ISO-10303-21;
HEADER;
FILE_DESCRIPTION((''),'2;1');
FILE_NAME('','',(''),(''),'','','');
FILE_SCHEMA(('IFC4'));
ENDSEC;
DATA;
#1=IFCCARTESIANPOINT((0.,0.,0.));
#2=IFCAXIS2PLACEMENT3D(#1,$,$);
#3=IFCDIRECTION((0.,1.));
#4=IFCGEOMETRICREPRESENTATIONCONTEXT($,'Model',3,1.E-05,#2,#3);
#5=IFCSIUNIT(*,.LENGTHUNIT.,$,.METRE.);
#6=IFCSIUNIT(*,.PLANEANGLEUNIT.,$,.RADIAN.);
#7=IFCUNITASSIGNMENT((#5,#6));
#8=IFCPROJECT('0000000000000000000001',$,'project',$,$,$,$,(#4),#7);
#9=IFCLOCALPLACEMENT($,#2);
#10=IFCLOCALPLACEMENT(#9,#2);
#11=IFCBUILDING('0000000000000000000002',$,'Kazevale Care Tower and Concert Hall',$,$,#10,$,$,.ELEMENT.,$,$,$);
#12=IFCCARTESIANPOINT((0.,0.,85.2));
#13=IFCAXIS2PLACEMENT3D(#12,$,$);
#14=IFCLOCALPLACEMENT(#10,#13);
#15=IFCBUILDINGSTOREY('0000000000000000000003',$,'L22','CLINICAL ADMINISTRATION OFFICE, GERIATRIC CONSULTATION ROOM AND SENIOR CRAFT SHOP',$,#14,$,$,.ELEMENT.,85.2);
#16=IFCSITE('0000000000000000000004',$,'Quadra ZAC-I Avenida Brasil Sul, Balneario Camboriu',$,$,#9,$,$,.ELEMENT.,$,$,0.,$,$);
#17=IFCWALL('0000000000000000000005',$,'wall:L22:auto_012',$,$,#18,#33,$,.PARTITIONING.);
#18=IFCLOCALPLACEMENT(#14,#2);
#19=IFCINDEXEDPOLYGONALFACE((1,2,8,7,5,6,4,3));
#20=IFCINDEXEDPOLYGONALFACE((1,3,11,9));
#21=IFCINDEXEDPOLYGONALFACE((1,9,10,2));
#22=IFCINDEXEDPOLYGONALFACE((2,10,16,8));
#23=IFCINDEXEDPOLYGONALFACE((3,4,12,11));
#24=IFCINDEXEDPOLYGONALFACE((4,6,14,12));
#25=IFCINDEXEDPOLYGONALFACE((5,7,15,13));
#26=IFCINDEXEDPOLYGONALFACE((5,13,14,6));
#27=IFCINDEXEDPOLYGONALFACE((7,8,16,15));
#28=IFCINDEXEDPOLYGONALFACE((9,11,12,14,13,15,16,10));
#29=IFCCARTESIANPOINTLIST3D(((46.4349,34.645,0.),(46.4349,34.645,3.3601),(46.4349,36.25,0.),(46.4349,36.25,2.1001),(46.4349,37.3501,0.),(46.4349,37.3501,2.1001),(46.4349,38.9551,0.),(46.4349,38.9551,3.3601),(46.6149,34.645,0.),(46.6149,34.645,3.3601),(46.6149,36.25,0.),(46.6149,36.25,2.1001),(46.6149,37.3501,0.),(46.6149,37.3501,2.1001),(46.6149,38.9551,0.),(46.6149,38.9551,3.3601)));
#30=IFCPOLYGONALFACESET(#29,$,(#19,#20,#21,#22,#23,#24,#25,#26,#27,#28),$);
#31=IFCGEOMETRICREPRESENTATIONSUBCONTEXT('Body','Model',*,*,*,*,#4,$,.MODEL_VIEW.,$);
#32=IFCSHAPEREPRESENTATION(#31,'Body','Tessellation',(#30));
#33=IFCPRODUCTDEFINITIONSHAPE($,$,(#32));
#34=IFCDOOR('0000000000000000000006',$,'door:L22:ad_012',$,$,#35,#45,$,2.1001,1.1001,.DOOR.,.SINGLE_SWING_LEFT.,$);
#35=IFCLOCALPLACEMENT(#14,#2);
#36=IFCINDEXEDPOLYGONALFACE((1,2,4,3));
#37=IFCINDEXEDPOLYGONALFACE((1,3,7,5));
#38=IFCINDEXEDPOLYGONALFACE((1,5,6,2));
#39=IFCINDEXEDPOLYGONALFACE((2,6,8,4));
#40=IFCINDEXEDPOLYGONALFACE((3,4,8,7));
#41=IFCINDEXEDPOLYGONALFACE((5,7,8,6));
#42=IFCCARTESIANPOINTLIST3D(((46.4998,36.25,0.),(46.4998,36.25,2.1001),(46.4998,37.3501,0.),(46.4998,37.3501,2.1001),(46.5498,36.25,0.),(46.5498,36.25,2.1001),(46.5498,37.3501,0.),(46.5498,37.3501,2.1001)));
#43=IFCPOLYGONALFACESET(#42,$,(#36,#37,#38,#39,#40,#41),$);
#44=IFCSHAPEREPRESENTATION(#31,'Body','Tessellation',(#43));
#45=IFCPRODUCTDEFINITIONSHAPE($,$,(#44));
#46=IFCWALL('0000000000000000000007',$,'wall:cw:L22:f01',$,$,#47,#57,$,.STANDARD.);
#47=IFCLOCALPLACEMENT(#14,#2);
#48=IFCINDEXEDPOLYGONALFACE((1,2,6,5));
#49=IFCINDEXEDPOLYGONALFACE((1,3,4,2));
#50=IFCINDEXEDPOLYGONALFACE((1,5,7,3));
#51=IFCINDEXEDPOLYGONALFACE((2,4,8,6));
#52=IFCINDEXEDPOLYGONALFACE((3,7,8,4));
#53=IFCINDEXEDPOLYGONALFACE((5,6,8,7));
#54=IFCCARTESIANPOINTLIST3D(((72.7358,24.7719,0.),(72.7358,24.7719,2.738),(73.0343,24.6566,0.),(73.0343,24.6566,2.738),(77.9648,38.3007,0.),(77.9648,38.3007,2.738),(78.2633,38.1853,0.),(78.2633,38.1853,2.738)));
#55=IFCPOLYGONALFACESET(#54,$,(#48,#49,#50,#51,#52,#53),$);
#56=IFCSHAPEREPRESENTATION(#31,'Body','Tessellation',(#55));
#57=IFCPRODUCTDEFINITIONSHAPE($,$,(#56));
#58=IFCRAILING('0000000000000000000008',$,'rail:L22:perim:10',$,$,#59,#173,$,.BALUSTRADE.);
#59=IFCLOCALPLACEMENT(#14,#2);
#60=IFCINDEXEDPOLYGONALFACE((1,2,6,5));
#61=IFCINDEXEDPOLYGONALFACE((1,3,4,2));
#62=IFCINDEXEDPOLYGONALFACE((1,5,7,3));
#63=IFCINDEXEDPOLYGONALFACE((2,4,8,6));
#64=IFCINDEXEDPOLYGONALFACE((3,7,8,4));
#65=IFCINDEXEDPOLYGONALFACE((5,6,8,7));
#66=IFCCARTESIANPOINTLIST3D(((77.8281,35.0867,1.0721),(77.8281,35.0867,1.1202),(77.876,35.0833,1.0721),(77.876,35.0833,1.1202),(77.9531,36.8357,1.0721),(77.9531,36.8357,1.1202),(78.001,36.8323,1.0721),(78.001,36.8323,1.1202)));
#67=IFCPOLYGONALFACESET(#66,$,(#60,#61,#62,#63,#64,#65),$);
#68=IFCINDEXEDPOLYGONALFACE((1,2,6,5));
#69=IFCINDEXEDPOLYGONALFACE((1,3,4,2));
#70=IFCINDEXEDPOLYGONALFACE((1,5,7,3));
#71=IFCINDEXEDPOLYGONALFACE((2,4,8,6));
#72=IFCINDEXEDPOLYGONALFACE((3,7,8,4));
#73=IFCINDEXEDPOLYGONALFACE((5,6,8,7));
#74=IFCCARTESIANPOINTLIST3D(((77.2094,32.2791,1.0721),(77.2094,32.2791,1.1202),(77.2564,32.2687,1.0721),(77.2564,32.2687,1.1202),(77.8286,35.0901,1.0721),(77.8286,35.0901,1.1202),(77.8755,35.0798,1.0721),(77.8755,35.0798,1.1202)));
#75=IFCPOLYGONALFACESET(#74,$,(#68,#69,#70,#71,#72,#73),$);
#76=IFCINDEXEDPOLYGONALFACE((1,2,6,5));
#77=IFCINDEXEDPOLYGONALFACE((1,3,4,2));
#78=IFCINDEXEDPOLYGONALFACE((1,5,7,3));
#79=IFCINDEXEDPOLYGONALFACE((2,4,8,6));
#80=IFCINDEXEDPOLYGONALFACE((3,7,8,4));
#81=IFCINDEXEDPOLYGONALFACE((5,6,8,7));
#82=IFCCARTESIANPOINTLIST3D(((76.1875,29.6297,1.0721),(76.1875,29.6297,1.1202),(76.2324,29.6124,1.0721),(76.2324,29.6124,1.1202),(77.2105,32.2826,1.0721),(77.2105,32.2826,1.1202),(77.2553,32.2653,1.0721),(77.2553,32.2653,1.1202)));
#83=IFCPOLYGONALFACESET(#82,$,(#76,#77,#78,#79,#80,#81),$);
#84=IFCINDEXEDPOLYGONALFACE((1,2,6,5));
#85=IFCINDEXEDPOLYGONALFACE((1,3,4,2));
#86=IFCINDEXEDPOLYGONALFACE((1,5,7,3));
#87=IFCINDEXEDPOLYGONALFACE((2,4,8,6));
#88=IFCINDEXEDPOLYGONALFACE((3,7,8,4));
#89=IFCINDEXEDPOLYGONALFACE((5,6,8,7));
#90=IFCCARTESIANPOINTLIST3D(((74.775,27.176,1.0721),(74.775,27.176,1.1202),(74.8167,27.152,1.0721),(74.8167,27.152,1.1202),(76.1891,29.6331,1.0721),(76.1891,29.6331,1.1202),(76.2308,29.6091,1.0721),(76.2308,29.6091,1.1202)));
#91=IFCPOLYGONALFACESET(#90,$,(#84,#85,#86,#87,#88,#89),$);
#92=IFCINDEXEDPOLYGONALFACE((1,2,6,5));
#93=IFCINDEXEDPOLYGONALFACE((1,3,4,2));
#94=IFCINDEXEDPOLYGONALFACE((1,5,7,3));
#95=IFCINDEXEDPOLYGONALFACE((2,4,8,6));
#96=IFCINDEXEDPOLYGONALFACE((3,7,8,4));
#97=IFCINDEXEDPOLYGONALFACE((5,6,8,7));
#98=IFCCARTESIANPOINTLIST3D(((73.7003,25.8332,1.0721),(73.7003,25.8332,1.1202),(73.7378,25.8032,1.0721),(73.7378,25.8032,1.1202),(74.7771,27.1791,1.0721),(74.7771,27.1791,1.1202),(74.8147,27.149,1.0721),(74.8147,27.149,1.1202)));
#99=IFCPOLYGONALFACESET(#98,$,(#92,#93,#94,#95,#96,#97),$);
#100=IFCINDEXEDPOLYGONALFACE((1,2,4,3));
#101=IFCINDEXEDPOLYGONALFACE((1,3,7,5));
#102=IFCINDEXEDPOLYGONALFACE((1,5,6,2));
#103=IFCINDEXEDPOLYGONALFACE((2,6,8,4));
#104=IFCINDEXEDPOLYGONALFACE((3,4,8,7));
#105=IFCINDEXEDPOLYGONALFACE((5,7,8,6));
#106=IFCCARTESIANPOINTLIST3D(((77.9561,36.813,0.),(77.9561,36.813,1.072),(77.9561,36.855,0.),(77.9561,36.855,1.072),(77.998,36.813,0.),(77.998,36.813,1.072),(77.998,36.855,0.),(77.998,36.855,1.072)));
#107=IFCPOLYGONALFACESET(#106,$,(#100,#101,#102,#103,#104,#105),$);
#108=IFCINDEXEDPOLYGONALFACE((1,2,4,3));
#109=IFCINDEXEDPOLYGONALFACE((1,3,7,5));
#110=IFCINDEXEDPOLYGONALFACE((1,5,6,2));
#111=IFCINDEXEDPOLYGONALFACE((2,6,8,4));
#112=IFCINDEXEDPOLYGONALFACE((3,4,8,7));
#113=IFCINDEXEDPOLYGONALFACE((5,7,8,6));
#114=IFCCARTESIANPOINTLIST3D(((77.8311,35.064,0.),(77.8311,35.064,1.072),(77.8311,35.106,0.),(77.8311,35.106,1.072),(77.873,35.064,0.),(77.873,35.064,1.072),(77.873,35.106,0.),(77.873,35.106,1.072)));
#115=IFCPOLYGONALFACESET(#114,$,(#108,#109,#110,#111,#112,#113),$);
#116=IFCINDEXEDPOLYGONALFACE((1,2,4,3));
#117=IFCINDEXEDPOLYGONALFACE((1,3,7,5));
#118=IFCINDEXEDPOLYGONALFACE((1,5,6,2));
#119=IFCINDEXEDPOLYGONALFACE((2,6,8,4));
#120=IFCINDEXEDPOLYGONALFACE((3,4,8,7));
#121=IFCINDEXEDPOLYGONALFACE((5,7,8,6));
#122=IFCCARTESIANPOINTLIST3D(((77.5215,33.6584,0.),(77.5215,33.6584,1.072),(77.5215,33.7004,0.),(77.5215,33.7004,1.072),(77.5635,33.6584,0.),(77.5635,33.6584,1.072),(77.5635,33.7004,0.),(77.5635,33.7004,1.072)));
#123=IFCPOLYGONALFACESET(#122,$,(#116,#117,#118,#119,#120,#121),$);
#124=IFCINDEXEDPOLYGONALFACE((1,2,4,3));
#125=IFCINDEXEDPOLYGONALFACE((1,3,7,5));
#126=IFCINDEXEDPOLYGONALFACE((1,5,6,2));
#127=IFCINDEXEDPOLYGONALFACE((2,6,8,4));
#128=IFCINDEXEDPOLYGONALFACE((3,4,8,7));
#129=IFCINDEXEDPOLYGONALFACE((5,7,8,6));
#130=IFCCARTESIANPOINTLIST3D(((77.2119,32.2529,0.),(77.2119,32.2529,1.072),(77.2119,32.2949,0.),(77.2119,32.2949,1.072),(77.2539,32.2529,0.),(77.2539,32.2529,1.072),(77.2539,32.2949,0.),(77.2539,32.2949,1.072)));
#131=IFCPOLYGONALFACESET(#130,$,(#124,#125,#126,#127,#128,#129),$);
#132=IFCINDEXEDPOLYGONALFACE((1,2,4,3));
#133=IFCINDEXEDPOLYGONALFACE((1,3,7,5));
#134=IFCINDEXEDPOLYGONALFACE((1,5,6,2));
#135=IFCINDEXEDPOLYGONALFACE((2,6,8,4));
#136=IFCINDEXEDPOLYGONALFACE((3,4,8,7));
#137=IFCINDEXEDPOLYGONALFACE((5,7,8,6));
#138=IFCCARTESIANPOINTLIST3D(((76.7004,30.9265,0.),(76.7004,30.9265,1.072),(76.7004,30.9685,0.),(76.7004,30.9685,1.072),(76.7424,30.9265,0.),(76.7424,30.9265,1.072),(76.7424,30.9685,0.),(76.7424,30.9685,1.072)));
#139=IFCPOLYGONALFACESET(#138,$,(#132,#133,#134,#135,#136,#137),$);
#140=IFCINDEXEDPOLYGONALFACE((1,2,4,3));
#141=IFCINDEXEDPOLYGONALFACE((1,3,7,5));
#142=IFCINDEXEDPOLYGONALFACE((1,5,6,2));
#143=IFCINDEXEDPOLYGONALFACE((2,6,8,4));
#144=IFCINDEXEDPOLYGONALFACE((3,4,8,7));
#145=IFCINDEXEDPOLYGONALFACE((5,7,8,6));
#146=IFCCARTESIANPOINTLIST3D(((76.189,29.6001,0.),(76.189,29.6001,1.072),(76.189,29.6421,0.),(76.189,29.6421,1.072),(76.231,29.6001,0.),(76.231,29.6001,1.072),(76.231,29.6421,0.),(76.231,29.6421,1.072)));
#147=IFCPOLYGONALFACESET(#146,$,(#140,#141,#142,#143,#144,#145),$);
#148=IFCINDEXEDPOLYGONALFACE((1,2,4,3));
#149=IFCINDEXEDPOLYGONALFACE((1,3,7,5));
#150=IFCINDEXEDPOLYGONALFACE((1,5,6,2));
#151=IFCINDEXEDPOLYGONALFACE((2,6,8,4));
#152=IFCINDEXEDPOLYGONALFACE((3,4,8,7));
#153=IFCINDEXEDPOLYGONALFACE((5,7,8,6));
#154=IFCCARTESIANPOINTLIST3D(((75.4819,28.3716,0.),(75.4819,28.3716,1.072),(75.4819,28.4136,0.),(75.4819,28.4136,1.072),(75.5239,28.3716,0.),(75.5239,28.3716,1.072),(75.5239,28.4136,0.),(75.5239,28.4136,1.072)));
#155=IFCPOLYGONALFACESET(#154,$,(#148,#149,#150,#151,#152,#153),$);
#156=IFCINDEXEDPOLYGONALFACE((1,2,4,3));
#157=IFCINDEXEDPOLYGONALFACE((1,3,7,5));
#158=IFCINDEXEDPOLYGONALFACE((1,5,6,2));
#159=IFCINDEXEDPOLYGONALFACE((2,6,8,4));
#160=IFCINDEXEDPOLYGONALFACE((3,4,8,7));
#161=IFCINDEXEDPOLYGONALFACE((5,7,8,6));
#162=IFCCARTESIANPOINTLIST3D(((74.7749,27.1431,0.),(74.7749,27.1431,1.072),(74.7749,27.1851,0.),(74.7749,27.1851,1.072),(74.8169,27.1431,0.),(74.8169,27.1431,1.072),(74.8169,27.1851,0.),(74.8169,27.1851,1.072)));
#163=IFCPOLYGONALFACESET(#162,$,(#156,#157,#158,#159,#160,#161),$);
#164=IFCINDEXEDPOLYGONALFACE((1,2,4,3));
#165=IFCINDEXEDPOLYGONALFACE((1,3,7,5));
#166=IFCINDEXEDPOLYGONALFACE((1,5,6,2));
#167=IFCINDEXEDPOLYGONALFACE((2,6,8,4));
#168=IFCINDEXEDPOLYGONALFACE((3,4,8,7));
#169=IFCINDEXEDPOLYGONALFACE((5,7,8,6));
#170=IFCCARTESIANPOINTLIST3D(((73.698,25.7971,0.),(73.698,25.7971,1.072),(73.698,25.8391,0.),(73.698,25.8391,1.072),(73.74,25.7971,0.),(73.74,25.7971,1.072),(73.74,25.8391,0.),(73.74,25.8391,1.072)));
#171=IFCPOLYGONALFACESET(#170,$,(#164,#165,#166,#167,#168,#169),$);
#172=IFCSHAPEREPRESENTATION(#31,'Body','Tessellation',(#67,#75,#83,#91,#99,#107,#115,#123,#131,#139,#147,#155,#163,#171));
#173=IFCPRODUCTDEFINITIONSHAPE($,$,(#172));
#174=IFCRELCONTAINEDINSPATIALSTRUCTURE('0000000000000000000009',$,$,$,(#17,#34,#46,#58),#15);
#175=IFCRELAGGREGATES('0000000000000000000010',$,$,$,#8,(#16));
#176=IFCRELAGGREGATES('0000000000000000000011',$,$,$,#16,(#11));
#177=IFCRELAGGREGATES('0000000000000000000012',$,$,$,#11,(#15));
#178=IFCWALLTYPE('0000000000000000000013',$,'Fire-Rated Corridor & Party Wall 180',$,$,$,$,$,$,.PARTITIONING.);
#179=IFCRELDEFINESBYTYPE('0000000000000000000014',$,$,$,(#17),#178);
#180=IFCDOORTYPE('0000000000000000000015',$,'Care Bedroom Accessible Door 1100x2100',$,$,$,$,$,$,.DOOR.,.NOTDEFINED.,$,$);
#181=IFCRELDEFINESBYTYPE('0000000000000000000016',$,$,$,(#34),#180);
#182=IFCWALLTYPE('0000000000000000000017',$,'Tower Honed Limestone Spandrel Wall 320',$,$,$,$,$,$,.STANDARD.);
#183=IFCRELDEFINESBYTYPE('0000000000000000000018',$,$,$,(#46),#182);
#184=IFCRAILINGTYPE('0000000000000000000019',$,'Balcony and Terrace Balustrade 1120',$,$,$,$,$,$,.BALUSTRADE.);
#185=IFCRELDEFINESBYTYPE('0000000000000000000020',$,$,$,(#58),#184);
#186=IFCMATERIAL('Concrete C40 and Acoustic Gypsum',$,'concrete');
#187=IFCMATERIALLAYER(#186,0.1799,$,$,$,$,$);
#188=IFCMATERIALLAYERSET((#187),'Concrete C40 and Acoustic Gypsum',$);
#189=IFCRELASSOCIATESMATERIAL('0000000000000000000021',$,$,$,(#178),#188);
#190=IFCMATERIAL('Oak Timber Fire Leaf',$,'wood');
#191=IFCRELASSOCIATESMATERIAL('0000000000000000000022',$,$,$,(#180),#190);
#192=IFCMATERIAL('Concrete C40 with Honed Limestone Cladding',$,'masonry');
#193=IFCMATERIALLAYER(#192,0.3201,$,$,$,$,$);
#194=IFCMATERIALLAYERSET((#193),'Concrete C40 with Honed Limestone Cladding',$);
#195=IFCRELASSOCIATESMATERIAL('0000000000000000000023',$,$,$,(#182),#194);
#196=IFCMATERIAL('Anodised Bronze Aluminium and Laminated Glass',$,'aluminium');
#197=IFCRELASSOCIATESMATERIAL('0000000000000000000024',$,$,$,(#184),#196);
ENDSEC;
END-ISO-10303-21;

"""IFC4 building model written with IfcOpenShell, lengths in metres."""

from ifc_helpers import new_model, si_unit, direction, frame, frame_2d, origin, origin_2d, place, context, subcontext, project, spatial, rectangle, extrude, material, layer, layer_set, type_object, element, fill, save


model = new_model("IFC4")

# Units and contexts
model_context = context("Model", 3, precision=1e-05, world=origin(), true_north=direction((0.0, 1.0)))
body_context = subcontext(model_context, "Body", "Model", "MODEL_VIEW")
ifc_project = project(units=[si_unit("LENGTHUNIT", "METRE"), si_unit("PLANEANGLEUNIT", "RADIAN")], contexts=[model_context])

# Site, building, storey
site_placement = place(None, origin())
site = spatial("IfcSite", under=ifc_project, at=site_placement, Name="Quadra ZAC-I Avenida Brasil Sul, Balneario Camboriu", CompositionType="ELEMENT", RefElevation=0.0)
building_placement = place(site_placement, origin())
building = spatial("IfcBuilding", under=site, at=building_placement, Name="Kazevale Care Tower and Concert Hall", CompositionType="ELEMENT")
storey_placement = place(building_placement, frame((0.0, 0.0, 85.2)))
storey = spatial("IfcBuildingStorey", under=building, at=storey_placement, Name="L22", Description="CLINICAL ADMINISTRATION OFFICE, GERIATRIC CONSULTATION ROOM AND SENIOR CRAFT SHOP", CompositionType="ELEMENT", Elevation=85.2)

# Wall, opening, door
ifc_material_1 = material(Name="Concrete C40 and Acoustic Gypsum", Category="concrete")
ifc_layer_1 = layer(ifc_material_1, 0.1799)
ifc_layer_set_1 = layer_set([ifc_layer_1], Name="Concrete C40 and Acoustic Gypsum")
wall_type_1 = type_object("IfcWallType", Name="Fire-Rated Corridor & Party Wall 180", PredefinedType="PARTITIONING", material=ifc_layer_set_1)
ifc_material_2 = material(Name="Oak Timber Fire Leaf", Category="wood")
door_type = type_object("IfcDoorType", Name="Care Bedroom Accessible Door 1100x2100", OperationType="NOTDEFINED", PredefinedType="DOOR", material=ifc_material_2)
wall_1_placement = place(storey_placement, frame((46.5249, 38.9551, 0.0), z_axis=(0.0, 0.0, 1.0), x_axis=(0.0, -1.0, 0.0)))
wall_1 = element("IfcWall", 1, at=wall_1_placement, inside=storey, type_object=wall_type_1, Name="wall:L22:auto_012", PredefinedType="PARTITIONING", context=body_context, shape_type="SweptSolid", body=[
    extrude(rectangle(XDim=4.3101, YDim=0.1799, at=frame_2d((2.155, 0.0))), origin(), (0.0, 0.0, 1.0), 3.3601),
])
opening_1_placement = place(wall_1_placement, frame((1.605, 0.0, 0.0)))
opening_1 = element("IfcOpeningElement", 2, at=opening_1_placement, cuts=wall_1, PredefinedType="OPENING", context=body_context, shape_type="SweptSolid", body=[
    extrude(rectangle(XDim=1.1001, YDim=2.1001, at=frame_2d((0.55, 1.05))), frame((0.0, 0.0999, 0.0), z_axis=(0.0, -1.0, 0.0), x_axis=(1.0, 0.0, 0.0)), (0.0, 0.0, 1.0), 0.2),
])
door_1_placement = place(opening_1_placement, origin())
door_1 = element("IfcDoor", 3, at=door_1_placement, inside=storey, type_object=door_type, Name="door:L22:ad_012", OperationType="SINGLE_SWING_LEFT", OverallHeight=2.1001, OverallWidth=1.1001, PredefinedType="DOOR", context=body_context, shape_type="SweptSolid", body=[
    extrude(rectangle(XDim=1.1001, YDim=2.1001, at=frame_2d((0.55, 1.05))), frame((0.0, 0.0249, 0.0), z_axis=(0.0, -1.0, 0.0), x_axis=(1.0, 0.0, 0.0)), (0.0, 0.0, 1.0), 0.05),
])
fill(opening_1, door_1)

# Wall
ifc_material_3 = material(Name="Concrete C40 with Honed Limestone Cladding", Category="masonry")
ifc_layer_2 = layer(ifc_material_3, 0.3201)
ifc_layer_set_2 = layer_set([ifc_layer_2], Name="Concrete C40 with Honed Limestone Cladding")
wall_type_2 = type_object("IfcWallType", Name="Tower Honed Limestone Spandrel Wall 320", PredefinedType="STANDARD", material=ifc_layer_set_2)
wall_2_placement = place(storey_placement, frame((78.114, 38.2429, 0.0), z_axis=(0.0, 0.0, 1.0), x_axis=(-0.360517, -0.932753, 0.0)))
element("IfcWall", 4, at=wall_2_placement, inside=storey, type_object=wall_type_2, Name="wall:cw:L22:f01", PredefinedType="STANDARD", context=body_context, shape_type="SweptSolid", body=[
    extrude(rectangle(XDim=14.5042, YDim=0.3201, at=frame_2d((7.252, 0.0))), origin(), (0.0, 0.0, 1.0), 2.738),
])

# Railing
ifc_material_4 = material(Name="Anodised Bronze Aluminium and Laminated Glass", Category="aluminium")
railing_type = type_object("IfcRailingType", Name="Balcony and Terrace Balustrade 1120", PredefinedType="BALUSTRADE", material=ifc_material_4)
railing_placement = place(storey_placement, frame((77.9771, 36.834, 0.0)))
element("IfcRailing", 5, at=railing_placement, inside=storey, type_object=railing_type, Name="rail:L22:perim:10", PredefinedType="BALUSTRADE", context=body_context, shape_type="SweptSolid", body=[
    extrude(rectangle(XDim=0.0481, YDim=0.0481, at=origin_2d()), frame((0.0, 0.0, 1.0962), z_axis=(-0.071287, -0.997456, 0.0), x_axis=(0.997456, -0.071287, 0.0)), (0.0, 0.0, 1.0), 1.7534),
    extrude(rectangle(XDim=0.0481, YDim=0.0481, at=origin_2d()), frame((-0.125, -1.749, 1.0962), z_axis=(-0.215098, -0.976592, 0.0), x_axis=(0.976592, -0.215098, 0.0)), (0.0, 0.0, 1.0), 2.8784),
    extrude(rectangle(XDim=0.0481, YDim=0.0481, at=origin_2d()), frame((-0.7441, -4.5601, 1.0962), z_axis=(-0.359785, -0.933035, 0.0), x_axis=(0.933035, -0.359785, 0.0)), (0.0, 0.0, 1.0), 2.8433),
    extrude(rectangle(XDim=0.0481, YDim=0.0481, at=origin_2d()), frame((-1.7671, -7.2129, 1.0962), z_axis=(-0.498808, -0.866713, 0.0), x_axis=(0.866713, -0.498808, 0.0)), (0.0, 0.0, 1.0), 2.835),
    extrude(rectangle(XDim=0.0481, YDim=0.0481, at=origin_2d()), frame((-3.1812, -9.6699, 1.0962), z_axis=(-0.624747, -0.780827, 0.0), x_axis=(0.780827, -0.624747, 0.0)), (0.0, 0.0, 1.0), 1.7236),
    extrude(rectangle(XDim=0.042, YDim=0.042, at=origin_2d()), origin(), (0.0, 0.0, 1.0), 1.072),
    extrude(rectangle(XDim=0.042, YDim=0.042, at=origin_2d()), frame((-0.125, -1.749, 0.0)), (0.0, 0.0, 1.0), 1.072),
    extrude(rectangle(XDim=0.042, YDim=0.042, at=origin_2d()), frame((-0.4346, -3.1545, 0.0)), (0.0, 0.0, 1.0), 1.072),
    extrude(rectangle(XDim=0.042, YDim=0.042, at=origin_2d()), frame((-0.7441, -4.5601, 0.0)), (0.0, 0.0, 1.0), 1.072),
    extrude(rectangle(XDim=0.042, YDim=0.042, at=origin_2d()), frame((-1.2556, -5.8865, 0.0)), (0.0, 0.0, 1.0), 1.072),
    extrude(rectangle(XDim=0.042, YDim=0.042, at=origin_2d()), frame((-1.7671, -7.2129, 0.0)), (0.0, 0.0, 1.0), 1.072),
    extrude(rectangle(XDim=0.042, YDim=0.042, at=origin_2d()), frame((-2.4741, -8.4414, 0.0)), (0.0, 0.0, 1.0), 1.072),
    extrude(rectangle(XDim=0.042, YDim=0.042, at=origin_2d()), frame((-3.1812, -9.6699, 0.0)), (0.0, 0.0, 1.0), 1.072),
    extrude(rectangle(XDim=0.042, YDim=0.042, at=origin_2d()), frame((-4.2581, -11.0159, 0.0)), (0.0, 0.0, 1.0), 1.072),
])

save(model, "model.ifc")
